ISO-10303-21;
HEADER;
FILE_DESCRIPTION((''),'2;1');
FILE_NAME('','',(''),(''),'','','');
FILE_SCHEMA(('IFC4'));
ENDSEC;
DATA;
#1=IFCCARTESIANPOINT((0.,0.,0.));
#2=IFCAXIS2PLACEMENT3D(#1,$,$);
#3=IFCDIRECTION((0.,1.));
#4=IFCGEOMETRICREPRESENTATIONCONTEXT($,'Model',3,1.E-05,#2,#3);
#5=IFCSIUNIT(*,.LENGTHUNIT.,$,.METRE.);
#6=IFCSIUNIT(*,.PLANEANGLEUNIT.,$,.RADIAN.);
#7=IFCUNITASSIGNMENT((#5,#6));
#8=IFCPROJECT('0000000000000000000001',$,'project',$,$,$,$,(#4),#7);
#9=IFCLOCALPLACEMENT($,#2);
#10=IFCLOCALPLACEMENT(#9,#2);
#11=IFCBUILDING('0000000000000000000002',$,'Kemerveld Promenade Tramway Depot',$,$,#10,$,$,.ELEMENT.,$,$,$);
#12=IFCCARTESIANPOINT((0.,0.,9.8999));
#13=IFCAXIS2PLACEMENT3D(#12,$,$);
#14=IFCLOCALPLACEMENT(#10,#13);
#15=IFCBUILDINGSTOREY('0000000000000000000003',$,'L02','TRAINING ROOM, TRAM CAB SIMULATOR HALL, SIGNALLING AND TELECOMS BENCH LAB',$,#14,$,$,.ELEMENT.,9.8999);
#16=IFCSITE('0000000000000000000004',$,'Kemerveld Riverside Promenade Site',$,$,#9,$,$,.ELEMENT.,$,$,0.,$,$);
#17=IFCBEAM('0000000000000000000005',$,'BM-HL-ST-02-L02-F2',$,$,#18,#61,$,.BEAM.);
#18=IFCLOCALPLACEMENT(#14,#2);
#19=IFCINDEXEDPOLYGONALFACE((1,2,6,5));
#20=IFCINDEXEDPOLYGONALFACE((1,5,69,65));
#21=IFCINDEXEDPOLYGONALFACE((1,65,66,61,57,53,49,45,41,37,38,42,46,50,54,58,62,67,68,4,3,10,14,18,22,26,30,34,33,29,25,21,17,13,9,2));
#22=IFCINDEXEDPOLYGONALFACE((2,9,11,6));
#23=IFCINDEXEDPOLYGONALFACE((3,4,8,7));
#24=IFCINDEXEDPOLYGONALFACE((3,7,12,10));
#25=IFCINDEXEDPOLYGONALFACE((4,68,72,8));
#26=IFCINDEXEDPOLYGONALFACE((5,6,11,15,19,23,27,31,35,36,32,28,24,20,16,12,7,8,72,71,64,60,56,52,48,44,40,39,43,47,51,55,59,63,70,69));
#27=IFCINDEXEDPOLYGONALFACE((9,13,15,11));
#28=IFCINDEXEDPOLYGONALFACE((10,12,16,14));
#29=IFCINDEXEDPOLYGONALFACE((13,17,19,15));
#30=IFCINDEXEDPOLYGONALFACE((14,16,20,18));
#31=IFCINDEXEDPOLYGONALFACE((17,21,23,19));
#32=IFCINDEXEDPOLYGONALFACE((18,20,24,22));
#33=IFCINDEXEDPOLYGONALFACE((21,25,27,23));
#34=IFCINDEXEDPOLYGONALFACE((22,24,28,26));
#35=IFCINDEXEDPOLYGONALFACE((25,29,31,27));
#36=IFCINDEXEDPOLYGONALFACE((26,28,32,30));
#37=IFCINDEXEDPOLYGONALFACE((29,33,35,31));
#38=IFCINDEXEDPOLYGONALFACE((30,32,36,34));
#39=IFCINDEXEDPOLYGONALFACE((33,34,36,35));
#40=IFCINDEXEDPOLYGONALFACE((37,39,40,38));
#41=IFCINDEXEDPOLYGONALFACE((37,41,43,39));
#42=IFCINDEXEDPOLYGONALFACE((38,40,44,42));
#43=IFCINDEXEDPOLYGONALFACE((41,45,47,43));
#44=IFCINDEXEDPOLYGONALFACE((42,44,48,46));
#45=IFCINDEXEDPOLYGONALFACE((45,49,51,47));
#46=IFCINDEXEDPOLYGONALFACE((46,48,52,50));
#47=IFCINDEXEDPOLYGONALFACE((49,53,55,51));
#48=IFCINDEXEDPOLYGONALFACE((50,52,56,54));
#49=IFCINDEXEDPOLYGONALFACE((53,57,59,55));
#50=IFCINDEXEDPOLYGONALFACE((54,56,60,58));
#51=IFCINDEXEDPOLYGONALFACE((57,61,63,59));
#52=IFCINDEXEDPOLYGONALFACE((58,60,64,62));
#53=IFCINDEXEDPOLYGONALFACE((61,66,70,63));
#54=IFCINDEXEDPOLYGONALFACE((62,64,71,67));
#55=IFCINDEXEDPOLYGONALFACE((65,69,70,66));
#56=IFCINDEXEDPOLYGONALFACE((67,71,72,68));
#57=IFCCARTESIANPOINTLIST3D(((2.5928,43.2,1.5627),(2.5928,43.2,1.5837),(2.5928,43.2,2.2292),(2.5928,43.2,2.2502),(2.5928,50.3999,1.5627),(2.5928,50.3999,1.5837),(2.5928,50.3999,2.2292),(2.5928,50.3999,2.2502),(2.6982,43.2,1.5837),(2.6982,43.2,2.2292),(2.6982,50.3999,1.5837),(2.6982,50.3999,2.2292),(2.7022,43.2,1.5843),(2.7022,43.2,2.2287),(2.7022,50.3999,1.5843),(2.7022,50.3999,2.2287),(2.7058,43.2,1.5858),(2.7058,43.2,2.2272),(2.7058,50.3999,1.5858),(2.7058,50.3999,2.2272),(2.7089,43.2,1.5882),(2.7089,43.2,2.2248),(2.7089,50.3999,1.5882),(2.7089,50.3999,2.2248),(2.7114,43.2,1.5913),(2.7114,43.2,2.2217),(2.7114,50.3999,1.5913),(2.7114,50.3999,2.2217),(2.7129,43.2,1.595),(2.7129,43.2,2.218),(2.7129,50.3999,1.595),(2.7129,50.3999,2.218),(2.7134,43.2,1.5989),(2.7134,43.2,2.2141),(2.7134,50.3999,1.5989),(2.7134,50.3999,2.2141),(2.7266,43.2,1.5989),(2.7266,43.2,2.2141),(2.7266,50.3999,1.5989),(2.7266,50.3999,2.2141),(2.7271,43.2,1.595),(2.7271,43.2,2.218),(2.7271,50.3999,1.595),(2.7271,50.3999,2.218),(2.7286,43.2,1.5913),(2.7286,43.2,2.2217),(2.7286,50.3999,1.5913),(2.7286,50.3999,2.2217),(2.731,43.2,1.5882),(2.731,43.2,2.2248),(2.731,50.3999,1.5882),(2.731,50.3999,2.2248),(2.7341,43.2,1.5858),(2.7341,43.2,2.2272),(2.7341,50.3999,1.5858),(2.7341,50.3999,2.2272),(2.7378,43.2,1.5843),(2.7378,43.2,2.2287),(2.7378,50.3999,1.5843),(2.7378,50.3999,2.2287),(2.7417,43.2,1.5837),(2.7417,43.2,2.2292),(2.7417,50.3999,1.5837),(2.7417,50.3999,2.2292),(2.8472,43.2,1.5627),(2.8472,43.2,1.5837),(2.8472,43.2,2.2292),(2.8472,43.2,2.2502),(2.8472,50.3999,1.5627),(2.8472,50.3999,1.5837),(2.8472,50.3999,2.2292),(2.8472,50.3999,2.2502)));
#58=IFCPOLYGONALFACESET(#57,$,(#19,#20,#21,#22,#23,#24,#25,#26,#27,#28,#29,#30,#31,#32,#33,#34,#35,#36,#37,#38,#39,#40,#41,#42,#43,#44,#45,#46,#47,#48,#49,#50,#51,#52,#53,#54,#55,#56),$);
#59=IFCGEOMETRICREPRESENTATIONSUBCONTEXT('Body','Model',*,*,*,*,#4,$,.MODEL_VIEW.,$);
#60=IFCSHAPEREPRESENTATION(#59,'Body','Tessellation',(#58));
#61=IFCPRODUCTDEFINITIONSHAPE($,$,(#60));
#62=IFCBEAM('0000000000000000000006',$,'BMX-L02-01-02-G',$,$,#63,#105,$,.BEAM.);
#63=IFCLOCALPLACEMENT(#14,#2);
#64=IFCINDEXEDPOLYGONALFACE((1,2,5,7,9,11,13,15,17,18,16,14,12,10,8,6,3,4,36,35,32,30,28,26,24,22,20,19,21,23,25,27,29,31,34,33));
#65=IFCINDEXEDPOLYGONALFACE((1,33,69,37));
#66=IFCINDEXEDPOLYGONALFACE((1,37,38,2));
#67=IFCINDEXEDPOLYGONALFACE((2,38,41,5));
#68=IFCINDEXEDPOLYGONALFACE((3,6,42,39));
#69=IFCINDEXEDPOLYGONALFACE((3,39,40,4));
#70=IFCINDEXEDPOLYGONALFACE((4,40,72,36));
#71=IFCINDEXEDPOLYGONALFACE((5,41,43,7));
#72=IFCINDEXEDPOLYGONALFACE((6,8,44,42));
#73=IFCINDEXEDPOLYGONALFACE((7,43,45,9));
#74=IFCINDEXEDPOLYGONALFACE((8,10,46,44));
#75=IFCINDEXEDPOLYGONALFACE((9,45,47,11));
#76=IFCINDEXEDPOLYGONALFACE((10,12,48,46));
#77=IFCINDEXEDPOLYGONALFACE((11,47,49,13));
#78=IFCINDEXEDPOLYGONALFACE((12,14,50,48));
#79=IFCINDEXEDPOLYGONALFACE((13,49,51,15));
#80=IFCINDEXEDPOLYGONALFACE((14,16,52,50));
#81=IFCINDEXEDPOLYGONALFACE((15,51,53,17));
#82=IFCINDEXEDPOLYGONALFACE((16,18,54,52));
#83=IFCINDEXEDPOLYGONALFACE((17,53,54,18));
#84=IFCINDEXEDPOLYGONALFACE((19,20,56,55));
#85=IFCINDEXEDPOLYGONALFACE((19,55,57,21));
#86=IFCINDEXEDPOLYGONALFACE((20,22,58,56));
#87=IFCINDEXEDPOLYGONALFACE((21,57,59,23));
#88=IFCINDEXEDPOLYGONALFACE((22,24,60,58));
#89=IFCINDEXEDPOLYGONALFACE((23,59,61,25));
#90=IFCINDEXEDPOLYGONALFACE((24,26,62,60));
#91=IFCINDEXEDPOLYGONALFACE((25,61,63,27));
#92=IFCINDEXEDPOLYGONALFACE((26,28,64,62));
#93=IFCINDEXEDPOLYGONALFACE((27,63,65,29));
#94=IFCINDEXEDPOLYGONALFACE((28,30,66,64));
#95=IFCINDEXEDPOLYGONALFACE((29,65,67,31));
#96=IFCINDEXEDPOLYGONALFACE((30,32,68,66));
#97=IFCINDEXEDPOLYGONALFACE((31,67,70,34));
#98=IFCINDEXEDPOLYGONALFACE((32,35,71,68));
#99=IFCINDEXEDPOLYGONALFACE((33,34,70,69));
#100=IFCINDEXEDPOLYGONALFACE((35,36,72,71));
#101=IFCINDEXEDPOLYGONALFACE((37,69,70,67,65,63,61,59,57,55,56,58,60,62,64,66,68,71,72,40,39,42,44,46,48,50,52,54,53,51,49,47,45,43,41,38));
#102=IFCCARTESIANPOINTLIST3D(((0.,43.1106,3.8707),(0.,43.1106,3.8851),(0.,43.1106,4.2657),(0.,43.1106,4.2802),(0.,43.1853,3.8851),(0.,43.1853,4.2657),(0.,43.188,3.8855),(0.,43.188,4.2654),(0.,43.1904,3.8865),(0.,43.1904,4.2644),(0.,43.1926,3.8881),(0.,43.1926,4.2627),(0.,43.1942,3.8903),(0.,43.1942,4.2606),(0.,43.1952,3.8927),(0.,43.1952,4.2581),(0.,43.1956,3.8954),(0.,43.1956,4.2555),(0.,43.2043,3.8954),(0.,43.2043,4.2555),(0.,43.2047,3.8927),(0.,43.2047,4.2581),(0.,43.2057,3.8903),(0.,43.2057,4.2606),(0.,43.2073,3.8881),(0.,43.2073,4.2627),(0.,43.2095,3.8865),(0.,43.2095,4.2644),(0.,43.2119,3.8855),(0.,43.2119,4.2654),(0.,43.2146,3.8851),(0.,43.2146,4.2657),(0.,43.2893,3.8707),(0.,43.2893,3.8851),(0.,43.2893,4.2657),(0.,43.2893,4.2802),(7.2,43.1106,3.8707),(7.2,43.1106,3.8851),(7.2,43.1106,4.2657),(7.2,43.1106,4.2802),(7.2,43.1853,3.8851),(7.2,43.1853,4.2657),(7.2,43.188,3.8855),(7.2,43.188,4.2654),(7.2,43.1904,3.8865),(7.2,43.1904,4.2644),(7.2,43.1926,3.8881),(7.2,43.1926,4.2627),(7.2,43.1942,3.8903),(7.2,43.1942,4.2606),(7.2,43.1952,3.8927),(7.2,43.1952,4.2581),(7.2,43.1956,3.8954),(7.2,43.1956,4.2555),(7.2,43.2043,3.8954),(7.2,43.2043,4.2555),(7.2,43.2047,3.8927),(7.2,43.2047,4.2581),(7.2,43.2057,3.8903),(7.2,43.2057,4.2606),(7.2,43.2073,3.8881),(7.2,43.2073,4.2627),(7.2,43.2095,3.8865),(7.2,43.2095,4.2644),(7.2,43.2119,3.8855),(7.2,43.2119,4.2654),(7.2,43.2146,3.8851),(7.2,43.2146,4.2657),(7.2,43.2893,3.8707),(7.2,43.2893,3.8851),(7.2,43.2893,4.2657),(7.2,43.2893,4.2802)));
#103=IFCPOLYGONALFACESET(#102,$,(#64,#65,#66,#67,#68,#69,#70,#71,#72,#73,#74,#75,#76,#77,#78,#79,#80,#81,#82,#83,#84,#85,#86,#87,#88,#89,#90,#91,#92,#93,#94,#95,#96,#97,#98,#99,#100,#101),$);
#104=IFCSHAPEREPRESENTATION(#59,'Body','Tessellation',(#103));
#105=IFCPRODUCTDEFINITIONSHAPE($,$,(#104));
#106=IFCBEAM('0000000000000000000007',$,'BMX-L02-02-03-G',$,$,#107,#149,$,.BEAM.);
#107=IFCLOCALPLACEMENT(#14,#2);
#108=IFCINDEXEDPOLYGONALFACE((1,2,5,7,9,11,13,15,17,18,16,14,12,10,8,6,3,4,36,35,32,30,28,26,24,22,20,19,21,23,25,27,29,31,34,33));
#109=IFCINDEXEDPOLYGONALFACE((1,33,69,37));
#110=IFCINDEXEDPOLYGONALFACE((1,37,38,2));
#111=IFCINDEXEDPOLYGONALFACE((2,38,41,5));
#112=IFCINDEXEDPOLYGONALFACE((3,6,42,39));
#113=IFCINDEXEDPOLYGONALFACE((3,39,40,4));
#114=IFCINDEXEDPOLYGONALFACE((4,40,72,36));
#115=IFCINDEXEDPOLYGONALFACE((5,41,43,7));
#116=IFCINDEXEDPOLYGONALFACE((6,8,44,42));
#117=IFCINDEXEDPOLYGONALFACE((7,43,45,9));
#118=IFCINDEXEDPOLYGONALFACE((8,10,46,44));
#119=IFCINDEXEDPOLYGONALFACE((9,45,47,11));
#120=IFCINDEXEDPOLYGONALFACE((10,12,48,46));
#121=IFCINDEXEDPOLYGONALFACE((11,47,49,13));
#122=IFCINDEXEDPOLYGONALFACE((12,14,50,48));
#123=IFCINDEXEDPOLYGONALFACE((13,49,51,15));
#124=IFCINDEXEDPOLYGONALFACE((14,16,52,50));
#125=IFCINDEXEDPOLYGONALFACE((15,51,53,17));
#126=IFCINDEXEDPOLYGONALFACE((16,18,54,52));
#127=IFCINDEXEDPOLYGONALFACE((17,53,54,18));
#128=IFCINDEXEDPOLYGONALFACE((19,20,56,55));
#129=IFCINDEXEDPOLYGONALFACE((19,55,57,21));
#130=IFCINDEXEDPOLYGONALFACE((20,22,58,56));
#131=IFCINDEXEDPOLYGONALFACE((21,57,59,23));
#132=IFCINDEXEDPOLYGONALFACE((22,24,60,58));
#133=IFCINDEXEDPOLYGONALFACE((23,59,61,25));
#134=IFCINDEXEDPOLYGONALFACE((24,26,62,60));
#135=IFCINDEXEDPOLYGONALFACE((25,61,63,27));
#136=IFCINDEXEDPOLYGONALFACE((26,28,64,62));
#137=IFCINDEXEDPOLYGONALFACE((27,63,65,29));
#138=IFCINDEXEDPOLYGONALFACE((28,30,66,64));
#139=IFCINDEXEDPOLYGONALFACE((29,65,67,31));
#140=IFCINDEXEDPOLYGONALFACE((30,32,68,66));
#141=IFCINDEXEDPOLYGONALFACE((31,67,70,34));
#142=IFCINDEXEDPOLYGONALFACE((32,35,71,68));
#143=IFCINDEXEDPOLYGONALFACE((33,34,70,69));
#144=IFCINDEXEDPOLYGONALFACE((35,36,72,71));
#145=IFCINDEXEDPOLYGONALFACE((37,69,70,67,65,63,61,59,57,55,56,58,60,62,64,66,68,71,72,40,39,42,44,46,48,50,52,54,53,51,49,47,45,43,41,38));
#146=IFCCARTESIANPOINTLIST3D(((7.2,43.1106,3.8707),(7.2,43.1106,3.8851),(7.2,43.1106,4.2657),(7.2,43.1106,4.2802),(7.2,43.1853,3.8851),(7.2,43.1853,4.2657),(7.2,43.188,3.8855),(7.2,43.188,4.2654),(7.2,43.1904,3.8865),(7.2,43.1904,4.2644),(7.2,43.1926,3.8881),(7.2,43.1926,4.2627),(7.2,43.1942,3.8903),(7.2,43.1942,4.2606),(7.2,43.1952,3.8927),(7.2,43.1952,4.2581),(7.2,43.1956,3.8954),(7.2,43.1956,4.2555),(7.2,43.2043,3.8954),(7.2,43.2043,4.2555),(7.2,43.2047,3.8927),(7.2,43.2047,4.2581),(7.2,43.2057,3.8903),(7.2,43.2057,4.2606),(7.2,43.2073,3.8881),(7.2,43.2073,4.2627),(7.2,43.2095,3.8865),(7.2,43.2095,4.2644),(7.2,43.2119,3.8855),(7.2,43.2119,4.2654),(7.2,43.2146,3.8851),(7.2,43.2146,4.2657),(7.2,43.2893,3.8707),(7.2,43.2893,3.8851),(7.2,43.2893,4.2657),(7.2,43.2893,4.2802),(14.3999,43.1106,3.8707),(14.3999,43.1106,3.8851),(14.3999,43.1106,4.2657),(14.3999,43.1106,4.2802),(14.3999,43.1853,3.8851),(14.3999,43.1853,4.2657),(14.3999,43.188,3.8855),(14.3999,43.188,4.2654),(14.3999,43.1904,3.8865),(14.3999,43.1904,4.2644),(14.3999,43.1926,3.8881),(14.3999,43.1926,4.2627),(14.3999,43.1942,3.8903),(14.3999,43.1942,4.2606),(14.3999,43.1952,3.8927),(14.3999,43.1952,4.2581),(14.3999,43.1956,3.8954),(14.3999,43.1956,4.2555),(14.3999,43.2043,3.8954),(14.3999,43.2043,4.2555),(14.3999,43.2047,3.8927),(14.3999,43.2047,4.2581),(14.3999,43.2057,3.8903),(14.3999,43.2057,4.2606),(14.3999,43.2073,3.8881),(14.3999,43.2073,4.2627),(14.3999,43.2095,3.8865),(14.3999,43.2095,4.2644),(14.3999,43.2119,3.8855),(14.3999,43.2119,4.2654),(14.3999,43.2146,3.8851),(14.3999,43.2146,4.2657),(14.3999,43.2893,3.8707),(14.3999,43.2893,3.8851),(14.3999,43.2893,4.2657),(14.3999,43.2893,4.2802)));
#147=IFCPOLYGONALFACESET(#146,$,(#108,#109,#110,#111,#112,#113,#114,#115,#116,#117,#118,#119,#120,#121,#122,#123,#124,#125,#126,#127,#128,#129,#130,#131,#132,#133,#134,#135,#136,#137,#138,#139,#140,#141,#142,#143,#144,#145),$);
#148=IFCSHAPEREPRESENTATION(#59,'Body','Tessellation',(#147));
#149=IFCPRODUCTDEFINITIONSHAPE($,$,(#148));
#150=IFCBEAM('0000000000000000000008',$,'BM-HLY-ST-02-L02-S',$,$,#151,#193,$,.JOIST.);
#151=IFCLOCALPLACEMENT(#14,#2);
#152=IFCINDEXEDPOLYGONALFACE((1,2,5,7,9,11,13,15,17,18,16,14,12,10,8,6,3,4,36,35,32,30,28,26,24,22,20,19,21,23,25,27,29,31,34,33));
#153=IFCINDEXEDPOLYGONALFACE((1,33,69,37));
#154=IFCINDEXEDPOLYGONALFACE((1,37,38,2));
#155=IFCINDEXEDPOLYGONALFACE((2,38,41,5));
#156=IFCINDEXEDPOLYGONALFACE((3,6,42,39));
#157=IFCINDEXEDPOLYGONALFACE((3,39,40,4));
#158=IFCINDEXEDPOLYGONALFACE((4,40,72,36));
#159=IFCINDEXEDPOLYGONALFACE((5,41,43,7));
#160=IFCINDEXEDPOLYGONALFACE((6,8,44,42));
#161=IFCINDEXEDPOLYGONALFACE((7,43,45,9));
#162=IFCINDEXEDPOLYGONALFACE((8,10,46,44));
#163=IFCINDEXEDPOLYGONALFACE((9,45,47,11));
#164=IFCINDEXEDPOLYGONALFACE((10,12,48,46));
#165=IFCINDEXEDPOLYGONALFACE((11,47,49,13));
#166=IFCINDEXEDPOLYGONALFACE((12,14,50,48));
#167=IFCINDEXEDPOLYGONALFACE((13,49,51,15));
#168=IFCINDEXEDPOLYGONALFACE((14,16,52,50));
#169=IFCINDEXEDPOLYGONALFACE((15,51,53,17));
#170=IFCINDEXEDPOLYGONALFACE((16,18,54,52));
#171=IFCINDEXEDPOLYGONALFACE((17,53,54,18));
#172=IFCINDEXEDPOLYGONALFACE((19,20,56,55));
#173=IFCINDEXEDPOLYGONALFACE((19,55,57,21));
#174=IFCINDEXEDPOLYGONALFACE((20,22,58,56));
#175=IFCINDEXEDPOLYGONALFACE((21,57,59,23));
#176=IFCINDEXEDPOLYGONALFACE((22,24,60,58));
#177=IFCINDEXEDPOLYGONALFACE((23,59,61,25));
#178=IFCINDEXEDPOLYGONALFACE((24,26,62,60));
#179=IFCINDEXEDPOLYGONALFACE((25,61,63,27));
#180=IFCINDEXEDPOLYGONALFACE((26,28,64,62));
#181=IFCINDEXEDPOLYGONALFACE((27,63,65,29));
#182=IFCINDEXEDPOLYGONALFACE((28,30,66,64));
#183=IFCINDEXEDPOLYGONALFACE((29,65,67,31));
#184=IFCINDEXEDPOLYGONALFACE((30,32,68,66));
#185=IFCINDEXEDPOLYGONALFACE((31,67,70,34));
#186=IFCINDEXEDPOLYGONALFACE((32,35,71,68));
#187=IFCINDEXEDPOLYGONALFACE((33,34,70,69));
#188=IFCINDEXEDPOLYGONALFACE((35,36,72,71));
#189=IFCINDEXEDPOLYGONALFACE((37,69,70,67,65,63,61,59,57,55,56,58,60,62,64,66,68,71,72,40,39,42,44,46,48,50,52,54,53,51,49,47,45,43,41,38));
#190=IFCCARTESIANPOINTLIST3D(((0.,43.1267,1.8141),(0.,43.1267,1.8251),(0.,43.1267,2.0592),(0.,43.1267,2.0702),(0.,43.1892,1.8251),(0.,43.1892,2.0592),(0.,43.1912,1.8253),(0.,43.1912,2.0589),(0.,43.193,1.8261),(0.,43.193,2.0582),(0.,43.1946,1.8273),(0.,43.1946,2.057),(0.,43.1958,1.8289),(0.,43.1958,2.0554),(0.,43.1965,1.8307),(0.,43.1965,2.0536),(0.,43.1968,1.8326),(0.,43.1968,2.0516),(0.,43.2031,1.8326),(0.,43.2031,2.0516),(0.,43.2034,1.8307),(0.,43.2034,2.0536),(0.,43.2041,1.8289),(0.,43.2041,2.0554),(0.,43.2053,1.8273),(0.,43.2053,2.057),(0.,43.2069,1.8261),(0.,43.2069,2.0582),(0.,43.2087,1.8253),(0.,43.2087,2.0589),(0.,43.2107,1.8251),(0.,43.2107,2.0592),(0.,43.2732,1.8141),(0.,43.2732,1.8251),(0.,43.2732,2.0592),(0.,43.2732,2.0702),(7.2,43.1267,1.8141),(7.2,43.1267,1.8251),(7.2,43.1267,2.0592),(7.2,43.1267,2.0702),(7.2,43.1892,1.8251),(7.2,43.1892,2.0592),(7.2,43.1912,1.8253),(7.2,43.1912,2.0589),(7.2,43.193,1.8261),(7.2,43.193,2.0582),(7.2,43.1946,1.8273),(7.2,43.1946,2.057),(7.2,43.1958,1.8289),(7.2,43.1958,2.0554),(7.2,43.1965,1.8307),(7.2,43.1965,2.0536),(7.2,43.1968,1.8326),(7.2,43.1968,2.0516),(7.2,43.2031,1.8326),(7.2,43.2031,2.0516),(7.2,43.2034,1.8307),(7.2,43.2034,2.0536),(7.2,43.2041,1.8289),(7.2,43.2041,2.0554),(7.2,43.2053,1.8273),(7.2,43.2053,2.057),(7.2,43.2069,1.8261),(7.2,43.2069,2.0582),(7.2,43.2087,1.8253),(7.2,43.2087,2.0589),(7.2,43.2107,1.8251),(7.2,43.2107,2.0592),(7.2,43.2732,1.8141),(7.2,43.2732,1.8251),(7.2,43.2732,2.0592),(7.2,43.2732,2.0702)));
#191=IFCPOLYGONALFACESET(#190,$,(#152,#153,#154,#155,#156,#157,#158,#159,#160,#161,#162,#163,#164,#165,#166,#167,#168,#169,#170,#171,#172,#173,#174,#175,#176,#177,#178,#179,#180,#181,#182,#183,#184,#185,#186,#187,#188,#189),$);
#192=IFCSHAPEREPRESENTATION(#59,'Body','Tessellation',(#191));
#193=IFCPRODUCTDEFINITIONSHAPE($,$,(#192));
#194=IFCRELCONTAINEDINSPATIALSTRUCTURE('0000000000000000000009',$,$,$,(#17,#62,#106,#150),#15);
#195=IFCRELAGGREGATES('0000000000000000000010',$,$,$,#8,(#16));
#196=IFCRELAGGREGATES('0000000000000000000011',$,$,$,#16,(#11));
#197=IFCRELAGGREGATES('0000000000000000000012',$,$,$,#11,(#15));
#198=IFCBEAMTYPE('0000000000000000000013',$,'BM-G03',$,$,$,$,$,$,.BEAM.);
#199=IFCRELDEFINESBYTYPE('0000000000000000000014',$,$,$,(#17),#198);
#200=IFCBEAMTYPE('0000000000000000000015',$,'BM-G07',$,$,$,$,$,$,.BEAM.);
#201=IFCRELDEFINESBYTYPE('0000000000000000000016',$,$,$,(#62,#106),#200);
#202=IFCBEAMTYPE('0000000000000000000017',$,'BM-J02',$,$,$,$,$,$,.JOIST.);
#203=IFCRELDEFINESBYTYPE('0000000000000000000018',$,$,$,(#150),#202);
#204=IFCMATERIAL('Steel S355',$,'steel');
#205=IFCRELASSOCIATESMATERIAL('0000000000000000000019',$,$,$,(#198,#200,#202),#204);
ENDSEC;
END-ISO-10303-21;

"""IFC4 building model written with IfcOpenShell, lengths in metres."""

from ifc_helpers import new_model, si_unit, direction, frame, origin, origin_2d, place, context, subcontext, project, spatial, i_section, extrude, material, material_profile, profile_set, type_object, element, save


model = new_model("IFC4")

# Units and contexts
model_context = context("Model", 3, precision=1e-05, world=origin(), true_north=direction((0.0, 1.0)))
body_context = subcontext(model_context, "Body", "Model", "MODEL_VIEW")
ifc_project = project(units=[si_unit("LENGTHUNIT", "METRE"), si_unit("PLANEANGLEUNIT", "RADIAN")], contexts=[model_context])

# Site, building, storey
site_placement = place(None, origin())
site = spatial("IfcSite", under=ifc_project, at=site_placement, Name="Kemerveld Riverside Promenade Site", CompositionType="ELEMENT", RefElevation=0.0)
building_placement = place(site_placement, origin())
building = spatial("IfcBuilding", under=site, at=building_placement, Name="Kemerveld Promenade Tramway Depot", CompositionType="ELEMENT")
storey_placement = place(building_placement, frame((0.0, 0.0, 9.8999)))
storey = spatial("IfcBuildingStorey", under=building, at=storey_placement, Name="L02", Description="TRAINING ROOM, TRAM CAB SIMULATOR HALL, SIGNALLING AND TELECOMS BENCH LAB", CompositionType="ELEMENT", Elevation=9.8999)

# Shared definitions
ifc_material_1 = material(Name="Steel S355", Category="steel")

# Beams
ifc_material_profile_1 = material_profile(ifc_material_1, i_section(OverallWidth=0.2544, OverallDepth=0.6875, WebThickness=0.0132, FlangeThickness=0.021, FilletRadius=0.0151, at=origin_2d()), Name="686x254x152 UB")
ifc_profile_set_1 = profile_set([ifc_material_profile_1], Name="Steel S355")
beam_type_1 = type_object("IfcBeamType", Name="BM-G03", PredefinedType="BEAM", material=ifc_profile_set_1)
for number, where, z_axis, x_axis, name in (
    (1, (2.72, 43.2, 1.9065), (0.0, 1.0, 0.0), (-1.0, 0.0, 0.0), "BM-HL-ST-02-L02-F2"),
):
    element("IfcBeam", number, at=place(storey_placement, frame(where, z_axis=z_axis, x_axis=x_axis)), inside=storey, type_object=beam_type_1, Name=name, PredefinedType="BEAM", context=body_context, shape_type="SweptSolid", body=[
        extrude(i_section(OverallWidth=0.2544, OverallDepth=0.6875, WebThickness=0.0132, FlangeThickness=0.021, FilletRadius=0.0151, at=origin_2d()), origin(), (0.0, 0.0, 1.0), 7.2),
    ])
ifc_material_profile_2 = material_profile(ifc_material_1, i_section(OverallWidth=0.1787, OverallDepth=0.4094, WebThickness=0.0088, FlangeThickness=0.0144, FilletRadius=0.0103, at=origin_2d()), Name="406x178x67 UB")
ifc_profile_set_2 = profile_set([ifc_material_profile_2], Name="Steel S355")
beam_type_2 = type_object("IfcBeamType", Name="BM-G07", PredefinedType="BEAM", material=ifc_profile_set_2)
for number, where, z_axis, x_axis, name in (
    (2, (0.0, 43.2, 4.0754), (1.0, 0.0, 0.0), (0.0, 1.0, 0.0), "BMX-L02-01-02-G"),
    (3, (7.2, 43.2, 4.0754), (1.0, 0.0, 0.0), (0.0, 1.0, 0.0), "BMX-L02-02-03-G"),
):
    element("IfcBeam", number, at=place(storey_placement, frame(where, z_axis=z_axis, x_axis=x_axis)), inside=storey, type_object=beam_type_2, Name=name, PredefinedType="BEAM", context=body_context, shape_type="SweptSolid", body=[
        extrude(i_section(OverallWidth=0.1787, OverallDepth=0.4094, WebThickness=0.0088, FlangeThickness=0.0144, FilletRadius=0.0103, at=origin_2d()), origin(), (0.0, 0.0, 1.0), 7.2),
    ])
ifc_material_profile_3 = material_profile(ifc_material_1, i_section(OverallWidth=0.1465, OverallDepth=0.2561, WebThickness=0.0063, FlangeThickness=0.011, FilletRadius=0.0076, at=origin_2d()), Name="254x146x37 UB")
ifc_profile_set_3 = profile_set([ifc_material_profile_3], Name="Steel S355")
beam_type_3 = type_object("IfcBeamType", Name="BM-J02", PredefinedType="JOIST", material=ifc_profile_set_3)
beam_1_placement = place(storey_placement, frame((0.0, 43.2, 1.9421), z_axis=(1.0, 0.0, 0.0), x_axis=(0.0, 1.0, 0.0)))
element("IfcBeam", 4, at=beam_1_placement, inside=storey, type_object=beam_type_3, Name="BM-HLY-ST-02-L02-S", PredefinedType="JOIST", context=body_context, shape_type="SweptSolid", body=[
    extrude(i_section(OverallWidth=0.1465, OverallDepth=0.2561, WebThickness=0.0063, FlangeThickness=0.011, FilletRadius=0.0076, at=origin_2d()), origin(), (0.0, 0.0, 1.0), 7.2),
])

save(model, "model.ifc")
